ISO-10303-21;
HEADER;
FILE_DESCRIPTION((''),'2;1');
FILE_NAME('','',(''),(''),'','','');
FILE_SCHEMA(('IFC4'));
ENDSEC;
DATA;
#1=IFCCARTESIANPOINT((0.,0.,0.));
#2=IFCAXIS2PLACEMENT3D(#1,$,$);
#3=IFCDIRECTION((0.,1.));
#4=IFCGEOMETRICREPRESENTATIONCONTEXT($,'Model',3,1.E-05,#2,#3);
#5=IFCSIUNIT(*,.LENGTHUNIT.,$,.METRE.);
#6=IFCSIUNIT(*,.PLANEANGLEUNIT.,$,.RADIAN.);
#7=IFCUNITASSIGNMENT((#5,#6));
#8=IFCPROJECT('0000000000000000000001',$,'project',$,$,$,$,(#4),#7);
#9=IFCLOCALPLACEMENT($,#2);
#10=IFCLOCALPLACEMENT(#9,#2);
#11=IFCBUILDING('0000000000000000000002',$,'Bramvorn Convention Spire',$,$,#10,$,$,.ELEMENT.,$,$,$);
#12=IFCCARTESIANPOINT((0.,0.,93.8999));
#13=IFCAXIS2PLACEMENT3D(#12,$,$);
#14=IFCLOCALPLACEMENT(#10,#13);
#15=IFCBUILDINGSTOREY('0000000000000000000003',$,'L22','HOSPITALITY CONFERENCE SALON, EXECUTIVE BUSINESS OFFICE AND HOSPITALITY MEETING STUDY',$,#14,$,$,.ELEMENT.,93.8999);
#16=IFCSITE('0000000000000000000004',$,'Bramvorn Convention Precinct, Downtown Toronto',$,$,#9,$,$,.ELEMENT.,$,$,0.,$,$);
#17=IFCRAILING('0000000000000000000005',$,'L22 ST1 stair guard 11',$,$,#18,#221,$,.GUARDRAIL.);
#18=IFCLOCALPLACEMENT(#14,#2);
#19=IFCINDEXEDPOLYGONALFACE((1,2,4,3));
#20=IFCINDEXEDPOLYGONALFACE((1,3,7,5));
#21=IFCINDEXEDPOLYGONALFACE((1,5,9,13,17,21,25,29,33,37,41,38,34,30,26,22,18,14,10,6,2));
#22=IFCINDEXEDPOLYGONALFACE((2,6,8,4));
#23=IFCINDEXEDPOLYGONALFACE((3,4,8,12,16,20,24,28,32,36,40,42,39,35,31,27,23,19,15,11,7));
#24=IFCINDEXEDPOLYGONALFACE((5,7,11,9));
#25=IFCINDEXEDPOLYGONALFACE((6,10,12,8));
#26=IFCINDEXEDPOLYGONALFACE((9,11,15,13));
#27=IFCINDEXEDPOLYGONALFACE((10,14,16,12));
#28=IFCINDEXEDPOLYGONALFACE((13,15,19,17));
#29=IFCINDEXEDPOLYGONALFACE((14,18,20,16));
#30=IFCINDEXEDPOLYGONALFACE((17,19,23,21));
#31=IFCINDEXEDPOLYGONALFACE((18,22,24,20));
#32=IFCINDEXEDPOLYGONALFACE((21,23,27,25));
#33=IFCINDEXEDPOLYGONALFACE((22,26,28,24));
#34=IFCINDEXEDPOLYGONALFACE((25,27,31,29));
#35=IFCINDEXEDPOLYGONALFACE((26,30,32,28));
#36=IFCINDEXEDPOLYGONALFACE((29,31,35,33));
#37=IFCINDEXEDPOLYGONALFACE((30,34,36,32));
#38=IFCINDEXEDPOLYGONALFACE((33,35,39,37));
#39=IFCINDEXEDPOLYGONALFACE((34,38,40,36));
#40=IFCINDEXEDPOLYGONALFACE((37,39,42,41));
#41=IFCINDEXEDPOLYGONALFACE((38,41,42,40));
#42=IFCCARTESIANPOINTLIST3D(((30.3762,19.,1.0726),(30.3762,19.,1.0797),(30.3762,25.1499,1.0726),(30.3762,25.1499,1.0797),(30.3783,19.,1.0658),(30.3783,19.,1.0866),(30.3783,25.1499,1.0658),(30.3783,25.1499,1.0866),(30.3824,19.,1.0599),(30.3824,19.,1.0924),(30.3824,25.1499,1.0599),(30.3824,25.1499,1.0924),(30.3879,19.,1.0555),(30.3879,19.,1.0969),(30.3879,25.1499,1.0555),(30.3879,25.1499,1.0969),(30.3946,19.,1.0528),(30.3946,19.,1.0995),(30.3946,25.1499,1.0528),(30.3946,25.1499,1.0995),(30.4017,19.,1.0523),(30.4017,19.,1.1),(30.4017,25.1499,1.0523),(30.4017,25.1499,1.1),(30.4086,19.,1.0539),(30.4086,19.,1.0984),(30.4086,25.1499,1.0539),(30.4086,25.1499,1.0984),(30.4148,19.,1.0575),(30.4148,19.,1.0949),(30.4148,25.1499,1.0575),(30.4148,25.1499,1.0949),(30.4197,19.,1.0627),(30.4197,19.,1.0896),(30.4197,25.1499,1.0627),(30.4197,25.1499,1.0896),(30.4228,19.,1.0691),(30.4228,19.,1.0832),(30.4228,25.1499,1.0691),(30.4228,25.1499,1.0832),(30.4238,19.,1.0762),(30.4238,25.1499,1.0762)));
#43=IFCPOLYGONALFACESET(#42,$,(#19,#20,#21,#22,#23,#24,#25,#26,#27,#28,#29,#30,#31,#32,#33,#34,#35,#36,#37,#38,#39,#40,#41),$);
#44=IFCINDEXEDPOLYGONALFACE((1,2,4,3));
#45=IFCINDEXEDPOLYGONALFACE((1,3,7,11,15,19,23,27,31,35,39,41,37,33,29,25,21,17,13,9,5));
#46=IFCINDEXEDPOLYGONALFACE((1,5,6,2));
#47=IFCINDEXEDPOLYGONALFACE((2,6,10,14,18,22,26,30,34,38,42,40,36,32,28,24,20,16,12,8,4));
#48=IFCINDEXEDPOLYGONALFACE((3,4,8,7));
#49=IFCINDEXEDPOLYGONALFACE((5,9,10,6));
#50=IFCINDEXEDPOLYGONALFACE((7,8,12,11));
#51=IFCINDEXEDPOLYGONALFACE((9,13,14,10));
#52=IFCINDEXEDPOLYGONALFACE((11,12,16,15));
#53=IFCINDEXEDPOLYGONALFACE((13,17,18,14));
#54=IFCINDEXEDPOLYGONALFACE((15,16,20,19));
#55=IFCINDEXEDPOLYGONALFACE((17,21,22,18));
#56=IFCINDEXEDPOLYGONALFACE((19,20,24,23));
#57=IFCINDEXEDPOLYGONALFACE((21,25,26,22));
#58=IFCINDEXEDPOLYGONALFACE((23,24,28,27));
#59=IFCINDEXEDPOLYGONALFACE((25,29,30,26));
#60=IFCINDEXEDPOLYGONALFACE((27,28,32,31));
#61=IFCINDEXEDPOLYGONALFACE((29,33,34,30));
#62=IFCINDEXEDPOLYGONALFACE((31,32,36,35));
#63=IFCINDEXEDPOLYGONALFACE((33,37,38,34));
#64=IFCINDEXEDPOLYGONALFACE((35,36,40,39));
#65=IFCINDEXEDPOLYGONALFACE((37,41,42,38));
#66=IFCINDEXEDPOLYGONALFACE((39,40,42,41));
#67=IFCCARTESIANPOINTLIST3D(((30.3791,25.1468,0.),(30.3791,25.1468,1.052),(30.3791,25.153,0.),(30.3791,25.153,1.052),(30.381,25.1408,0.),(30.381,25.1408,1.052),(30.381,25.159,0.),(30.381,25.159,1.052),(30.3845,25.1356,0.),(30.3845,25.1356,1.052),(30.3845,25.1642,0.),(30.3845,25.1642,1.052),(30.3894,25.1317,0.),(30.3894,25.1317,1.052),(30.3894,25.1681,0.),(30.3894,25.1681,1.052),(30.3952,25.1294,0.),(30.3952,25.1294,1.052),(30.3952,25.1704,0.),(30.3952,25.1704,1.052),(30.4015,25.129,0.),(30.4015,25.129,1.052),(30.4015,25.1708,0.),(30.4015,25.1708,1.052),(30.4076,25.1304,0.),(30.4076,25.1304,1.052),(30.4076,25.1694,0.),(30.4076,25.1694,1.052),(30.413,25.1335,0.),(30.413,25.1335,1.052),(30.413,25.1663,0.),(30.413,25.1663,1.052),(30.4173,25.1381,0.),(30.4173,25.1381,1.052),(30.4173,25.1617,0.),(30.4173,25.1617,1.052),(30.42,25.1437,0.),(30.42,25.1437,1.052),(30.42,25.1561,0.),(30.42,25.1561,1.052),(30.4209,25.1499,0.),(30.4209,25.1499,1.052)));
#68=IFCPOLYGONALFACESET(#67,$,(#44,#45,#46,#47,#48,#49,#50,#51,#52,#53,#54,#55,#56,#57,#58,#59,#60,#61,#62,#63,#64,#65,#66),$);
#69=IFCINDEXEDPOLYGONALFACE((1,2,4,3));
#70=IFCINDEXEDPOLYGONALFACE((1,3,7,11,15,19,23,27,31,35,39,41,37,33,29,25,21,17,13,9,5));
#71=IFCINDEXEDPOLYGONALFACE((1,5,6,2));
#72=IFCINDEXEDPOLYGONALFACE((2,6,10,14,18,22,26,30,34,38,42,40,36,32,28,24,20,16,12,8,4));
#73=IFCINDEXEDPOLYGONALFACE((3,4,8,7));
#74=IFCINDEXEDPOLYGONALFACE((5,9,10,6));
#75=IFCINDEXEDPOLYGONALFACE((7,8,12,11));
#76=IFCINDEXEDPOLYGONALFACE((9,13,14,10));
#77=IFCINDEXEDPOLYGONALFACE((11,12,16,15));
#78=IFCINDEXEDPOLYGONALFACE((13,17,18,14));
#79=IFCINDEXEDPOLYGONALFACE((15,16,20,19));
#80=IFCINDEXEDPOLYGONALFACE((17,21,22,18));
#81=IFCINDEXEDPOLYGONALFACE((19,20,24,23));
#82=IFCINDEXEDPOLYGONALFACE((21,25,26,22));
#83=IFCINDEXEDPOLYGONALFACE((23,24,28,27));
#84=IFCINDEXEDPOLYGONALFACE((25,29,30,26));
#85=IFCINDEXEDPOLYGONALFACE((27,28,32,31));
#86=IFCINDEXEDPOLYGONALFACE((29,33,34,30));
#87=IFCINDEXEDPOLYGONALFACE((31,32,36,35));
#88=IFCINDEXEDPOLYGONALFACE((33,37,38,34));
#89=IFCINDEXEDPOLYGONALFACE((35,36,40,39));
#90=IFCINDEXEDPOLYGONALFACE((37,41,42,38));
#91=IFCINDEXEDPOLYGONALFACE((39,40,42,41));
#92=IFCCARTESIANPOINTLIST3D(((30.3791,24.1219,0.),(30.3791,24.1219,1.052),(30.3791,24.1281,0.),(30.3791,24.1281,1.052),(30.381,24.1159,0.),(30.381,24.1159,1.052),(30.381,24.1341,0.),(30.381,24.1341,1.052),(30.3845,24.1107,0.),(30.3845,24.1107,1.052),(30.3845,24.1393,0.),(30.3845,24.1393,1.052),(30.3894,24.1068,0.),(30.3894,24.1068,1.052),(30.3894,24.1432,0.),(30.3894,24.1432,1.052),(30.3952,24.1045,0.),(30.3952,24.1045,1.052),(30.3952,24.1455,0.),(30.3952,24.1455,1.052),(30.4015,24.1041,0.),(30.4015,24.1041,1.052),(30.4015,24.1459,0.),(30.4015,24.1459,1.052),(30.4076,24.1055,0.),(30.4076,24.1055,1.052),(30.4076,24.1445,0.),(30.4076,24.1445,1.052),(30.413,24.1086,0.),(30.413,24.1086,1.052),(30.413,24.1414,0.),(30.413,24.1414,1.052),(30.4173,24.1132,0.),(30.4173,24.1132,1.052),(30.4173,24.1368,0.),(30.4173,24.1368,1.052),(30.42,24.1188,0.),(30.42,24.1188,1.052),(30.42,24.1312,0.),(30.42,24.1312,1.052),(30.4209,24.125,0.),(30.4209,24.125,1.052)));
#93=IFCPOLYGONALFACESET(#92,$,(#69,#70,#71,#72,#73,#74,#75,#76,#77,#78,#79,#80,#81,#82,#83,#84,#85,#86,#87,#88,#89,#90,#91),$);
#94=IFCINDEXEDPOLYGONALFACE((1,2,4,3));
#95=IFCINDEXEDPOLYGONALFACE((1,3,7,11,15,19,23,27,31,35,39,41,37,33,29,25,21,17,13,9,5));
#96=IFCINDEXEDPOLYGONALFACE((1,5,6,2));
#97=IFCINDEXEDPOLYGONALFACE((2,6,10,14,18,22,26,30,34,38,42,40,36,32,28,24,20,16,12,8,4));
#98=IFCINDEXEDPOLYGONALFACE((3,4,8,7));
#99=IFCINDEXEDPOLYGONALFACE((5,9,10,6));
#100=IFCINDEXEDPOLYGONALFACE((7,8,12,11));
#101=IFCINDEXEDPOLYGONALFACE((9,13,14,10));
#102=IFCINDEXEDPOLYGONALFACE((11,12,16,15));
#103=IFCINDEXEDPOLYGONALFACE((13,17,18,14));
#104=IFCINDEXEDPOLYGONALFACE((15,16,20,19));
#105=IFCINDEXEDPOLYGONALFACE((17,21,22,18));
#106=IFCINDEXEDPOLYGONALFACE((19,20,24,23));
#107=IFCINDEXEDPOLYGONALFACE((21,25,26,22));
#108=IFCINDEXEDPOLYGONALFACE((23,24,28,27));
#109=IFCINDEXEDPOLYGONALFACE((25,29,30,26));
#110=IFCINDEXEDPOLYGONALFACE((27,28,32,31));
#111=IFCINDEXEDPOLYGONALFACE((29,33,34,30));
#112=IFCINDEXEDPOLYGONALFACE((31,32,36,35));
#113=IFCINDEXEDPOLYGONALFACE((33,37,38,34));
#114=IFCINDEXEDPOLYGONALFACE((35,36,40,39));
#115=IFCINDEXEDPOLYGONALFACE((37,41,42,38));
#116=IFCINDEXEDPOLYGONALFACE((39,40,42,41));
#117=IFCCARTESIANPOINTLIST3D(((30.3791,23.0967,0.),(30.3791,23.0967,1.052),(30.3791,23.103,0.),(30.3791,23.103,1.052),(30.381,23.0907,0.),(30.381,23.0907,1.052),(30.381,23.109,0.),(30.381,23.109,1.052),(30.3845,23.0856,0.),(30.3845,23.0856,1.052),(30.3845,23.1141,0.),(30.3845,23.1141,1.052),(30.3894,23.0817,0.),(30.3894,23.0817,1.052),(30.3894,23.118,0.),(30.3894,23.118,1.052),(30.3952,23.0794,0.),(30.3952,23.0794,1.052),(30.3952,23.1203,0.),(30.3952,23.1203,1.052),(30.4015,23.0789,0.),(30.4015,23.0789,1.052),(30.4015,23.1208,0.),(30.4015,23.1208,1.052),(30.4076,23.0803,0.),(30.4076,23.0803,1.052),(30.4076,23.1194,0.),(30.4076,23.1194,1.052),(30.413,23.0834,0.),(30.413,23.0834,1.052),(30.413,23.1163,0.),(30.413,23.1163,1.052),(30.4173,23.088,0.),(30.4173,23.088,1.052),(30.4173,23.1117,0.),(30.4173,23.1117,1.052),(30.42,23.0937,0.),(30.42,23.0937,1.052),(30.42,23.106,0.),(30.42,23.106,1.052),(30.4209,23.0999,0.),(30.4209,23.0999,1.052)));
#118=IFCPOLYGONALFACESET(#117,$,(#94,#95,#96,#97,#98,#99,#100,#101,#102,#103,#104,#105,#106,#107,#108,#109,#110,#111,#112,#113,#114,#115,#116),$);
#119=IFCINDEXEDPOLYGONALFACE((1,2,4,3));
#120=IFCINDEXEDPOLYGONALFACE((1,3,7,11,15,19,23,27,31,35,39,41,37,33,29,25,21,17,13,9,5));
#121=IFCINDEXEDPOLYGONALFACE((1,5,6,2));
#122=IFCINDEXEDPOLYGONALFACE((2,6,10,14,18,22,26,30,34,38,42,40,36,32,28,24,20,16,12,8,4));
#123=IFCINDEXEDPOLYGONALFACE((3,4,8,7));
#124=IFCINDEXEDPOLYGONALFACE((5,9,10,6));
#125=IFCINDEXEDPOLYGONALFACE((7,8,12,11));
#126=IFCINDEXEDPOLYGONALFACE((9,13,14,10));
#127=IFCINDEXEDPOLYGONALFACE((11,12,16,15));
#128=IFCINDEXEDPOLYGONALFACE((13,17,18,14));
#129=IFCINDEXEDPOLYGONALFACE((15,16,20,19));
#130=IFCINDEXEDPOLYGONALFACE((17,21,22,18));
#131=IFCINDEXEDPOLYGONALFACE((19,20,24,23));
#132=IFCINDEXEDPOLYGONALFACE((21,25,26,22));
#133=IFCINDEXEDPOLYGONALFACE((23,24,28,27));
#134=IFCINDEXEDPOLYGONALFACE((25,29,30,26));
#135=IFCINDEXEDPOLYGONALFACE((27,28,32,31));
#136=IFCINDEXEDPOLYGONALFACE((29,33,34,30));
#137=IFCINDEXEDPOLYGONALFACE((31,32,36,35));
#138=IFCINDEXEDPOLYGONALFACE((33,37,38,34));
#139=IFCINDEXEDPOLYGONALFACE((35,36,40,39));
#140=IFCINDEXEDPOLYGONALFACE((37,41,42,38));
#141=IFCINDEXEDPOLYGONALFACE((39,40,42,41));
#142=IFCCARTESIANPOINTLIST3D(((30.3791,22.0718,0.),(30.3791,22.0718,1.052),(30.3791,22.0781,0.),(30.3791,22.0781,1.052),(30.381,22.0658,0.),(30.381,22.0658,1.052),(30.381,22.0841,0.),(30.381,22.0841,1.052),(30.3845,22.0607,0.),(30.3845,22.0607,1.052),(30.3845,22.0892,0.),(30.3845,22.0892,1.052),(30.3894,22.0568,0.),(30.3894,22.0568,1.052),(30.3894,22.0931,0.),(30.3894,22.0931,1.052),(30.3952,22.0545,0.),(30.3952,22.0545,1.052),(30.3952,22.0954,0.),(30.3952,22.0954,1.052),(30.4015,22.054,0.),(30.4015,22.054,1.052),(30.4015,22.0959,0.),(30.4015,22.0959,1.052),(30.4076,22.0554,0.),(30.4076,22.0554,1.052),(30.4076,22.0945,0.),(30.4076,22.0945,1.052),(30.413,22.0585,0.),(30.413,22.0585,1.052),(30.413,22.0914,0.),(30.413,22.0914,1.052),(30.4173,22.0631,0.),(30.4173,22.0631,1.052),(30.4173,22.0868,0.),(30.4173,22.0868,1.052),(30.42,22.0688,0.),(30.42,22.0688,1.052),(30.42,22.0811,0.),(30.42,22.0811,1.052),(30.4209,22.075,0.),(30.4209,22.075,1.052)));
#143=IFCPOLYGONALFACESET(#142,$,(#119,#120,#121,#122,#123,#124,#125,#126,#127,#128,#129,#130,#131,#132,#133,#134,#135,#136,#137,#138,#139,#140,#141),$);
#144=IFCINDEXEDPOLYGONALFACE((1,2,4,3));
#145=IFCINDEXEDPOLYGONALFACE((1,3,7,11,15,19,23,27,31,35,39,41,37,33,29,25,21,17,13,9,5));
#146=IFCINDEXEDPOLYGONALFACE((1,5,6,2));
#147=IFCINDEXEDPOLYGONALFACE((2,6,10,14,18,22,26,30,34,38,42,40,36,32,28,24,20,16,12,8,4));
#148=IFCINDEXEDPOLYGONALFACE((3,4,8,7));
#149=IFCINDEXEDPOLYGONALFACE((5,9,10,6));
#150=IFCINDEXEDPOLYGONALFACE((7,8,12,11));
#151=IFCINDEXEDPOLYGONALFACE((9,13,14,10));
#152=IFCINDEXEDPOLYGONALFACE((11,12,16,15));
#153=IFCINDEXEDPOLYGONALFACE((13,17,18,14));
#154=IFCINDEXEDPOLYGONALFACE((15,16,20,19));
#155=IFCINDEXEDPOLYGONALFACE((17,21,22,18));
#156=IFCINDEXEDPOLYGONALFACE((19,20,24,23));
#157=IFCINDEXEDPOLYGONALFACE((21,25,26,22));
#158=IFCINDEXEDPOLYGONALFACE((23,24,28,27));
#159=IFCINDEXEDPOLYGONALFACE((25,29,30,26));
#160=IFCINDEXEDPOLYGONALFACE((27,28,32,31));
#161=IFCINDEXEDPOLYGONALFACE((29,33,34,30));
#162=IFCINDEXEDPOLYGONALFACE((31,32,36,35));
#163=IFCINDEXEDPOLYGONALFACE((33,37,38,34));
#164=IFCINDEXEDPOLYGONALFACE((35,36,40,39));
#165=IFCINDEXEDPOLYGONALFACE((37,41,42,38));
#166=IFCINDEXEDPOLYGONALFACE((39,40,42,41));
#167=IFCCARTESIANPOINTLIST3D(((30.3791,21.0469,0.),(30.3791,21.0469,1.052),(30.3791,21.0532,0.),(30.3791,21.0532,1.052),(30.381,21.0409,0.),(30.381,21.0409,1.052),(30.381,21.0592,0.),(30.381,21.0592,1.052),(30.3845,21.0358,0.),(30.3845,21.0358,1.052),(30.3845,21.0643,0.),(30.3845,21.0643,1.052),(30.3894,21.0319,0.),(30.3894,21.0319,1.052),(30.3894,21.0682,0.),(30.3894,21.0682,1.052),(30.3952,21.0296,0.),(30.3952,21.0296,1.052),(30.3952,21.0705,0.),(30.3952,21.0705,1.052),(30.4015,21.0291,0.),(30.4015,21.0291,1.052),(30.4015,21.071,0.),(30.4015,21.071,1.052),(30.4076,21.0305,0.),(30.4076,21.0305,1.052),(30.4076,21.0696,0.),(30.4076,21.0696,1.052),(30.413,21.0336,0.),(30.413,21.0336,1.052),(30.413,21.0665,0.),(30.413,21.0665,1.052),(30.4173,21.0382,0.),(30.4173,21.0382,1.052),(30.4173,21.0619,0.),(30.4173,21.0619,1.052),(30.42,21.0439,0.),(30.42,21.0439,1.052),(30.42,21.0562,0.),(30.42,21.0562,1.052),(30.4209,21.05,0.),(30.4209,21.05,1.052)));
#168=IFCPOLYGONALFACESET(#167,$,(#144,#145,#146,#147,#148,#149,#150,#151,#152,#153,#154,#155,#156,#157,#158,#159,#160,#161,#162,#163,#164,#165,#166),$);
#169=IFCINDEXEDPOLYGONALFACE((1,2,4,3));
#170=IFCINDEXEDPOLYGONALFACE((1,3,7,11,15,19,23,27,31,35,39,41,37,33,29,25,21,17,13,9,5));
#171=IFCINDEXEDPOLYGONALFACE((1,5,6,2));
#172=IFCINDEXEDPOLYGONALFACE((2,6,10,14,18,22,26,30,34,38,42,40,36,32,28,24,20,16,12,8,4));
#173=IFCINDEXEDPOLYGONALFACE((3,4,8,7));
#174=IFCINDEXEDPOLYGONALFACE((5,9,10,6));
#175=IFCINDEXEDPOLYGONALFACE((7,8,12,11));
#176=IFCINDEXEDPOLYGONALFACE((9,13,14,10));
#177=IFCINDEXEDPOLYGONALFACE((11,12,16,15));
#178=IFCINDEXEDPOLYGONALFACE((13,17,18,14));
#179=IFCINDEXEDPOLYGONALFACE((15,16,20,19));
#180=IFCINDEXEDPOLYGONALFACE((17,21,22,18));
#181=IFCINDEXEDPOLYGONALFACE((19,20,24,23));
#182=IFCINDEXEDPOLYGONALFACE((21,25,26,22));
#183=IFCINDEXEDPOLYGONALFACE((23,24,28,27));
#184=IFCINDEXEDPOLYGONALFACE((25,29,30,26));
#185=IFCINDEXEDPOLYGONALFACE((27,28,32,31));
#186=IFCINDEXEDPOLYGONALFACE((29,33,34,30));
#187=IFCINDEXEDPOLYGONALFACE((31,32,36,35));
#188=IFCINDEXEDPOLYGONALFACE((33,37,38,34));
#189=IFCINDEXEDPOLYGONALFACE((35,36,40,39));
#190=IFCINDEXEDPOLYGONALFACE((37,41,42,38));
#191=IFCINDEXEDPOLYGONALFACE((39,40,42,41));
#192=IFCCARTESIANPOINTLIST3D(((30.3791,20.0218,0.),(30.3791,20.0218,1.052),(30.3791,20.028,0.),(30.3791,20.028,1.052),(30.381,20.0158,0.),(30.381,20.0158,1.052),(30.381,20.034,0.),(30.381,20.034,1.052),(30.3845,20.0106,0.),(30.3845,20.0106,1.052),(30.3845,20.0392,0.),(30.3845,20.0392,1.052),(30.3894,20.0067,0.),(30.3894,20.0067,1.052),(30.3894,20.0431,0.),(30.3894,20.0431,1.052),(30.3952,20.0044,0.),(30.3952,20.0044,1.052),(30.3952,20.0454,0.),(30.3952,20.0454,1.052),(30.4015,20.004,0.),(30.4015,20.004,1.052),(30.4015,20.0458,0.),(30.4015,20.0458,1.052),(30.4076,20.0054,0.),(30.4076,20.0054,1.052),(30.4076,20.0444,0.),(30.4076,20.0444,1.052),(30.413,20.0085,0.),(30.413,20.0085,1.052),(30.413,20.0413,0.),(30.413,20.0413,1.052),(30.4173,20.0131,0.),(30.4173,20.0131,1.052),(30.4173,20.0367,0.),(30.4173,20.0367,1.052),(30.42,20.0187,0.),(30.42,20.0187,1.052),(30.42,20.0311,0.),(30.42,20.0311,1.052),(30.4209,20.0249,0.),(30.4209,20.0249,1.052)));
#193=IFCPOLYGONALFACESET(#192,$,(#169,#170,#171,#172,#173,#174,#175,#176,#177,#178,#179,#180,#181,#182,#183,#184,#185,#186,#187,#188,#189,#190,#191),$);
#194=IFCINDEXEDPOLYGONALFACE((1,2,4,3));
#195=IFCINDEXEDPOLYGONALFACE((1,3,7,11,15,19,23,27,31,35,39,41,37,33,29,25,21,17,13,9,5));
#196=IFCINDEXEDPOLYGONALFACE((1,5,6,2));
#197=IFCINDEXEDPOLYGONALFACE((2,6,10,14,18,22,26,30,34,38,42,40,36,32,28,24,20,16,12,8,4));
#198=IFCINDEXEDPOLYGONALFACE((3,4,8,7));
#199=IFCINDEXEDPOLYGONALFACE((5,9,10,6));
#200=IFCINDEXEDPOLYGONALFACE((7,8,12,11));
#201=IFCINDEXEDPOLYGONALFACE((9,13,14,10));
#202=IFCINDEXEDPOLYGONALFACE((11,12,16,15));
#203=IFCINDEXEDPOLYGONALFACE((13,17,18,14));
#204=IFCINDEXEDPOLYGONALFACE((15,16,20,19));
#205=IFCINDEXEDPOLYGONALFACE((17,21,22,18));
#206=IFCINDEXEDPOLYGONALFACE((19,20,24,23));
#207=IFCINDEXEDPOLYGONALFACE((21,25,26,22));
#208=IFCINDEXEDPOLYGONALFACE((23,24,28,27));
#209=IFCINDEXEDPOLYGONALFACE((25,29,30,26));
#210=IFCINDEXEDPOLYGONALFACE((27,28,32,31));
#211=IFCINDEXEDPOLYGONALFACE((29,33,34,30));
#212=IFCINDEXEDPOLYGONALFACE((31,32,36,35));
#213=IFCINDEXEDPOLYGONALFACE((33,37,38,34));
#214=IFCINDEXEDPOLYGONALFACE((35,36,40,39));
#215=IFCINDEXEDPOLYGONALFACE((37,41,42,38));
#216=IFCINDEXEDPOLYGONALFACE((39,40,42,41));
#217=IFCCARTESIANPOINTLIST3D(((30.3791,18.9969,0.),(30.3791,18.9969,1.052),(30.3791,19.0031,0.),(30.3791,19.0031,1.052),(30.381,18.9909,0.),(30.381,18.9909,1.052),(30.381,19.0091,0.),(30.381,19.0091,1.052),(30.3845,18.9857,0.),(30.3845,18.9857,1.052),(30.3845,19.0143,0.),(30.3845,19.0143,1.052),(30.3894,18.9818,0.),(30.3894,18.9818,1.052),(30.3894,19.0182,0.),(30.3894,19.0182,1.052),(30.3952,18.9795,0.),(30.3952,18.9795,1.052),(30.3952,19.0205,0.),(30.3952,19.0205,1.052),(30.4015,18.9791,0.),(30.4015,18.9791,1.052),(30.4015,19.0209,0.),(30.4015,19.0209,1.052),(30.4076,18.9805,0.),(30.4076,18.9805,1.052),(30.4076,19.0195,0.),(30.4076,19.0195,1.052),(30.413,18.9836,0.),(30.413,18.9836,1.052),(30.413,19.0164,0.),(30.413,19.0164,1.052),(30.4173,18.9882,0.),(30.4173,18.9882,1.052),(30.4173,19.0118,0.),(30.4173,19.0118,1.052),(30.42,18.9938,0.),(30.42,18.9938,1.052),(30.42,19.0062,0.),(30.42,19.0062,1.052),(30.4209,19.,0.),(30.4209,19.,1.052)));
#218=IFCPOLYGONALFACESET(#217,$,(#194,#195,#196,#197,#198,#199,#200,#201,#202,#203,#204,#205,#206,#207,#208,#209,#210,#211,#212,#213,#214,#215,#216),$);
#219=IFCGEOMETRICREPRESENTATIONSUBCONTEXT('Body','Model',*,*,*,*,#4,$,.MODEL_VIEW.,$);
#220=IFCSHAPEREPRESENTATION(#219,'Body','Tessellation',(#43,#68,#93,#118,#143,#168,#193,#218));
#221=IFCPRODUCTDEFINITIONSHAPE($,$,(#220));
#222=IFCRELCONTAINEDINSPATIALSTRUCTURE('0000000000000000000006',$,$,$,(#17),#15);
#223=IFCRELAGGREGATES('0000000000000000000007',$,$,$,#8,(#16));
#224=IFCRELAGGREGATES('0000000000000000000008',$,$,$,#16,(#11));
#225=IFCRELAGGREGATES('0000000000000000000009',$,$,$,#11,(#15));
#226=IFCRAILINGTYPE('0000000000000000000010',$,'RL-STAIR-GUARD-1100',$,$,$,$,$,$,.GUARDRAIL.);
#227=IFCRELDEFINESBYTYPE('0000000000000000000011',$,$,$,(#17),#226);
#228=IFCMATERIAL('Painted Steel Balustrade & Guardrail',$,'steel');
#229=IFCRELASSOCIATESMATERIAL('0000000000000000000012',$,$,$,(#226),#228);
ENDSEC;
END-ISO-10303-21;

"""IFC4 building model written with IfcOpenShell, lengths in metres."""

from ifc_helpers import new_model, si_unit, direction, frame, origin, origin_2d, place, context, subcontext, project, spatial, circle, extrude, material, type_object, element, save


model = new_model("IFC4")

# Units and contexts
model_context = context("Model", 3, precision=1e-05, world=origin(), true_north=direction((0.0, 1.0)))
body_context = subcontext(model_context, "Body", "Model", "MODEL_VIEW")
ifc_project = project(units=[si_unit("LENGTHUNIT", "METRE"), si_unit("PLANEANGLEUNIT", "RADIAN")], contexts=[model_context])

# Site, building, storey
site_placement = place(None, origin())
site = spatial("IfcSite", under=ifc_project, at=site_placement, Name="Bramvorn Convention Precinct, Downtown Toronto", CompositionType="ELEMENT", RefElevation=0.0)
building_placement = place(site_placement, origin())
building = spatial("IfcBuilding", under=site, at=building_placement, Name="Bramvorn Convention Spire", CompositionType="ELEMENT")
storey_placement = place(building_placement, frame((0.0, 0.0, 93.8999)))
storey = spatial("IfcBuildingStorey", under=building, at=storey_placement, Name="L22", Description="HOSPITALITY CONFERENCE SALON, EXECUTIVE BUSINESS OFFICE AND HOSPITALITY MEETING STUDY", CompositionType="ELEMENT", Elevation=93.8999)

# Railing
ifc_material_1 = material(Name="Painted Steel Balustrade & Guardrail", Category="steel")
railing_type_1 = type_object("IfcRailingType", Name="RL-STAIR-GUARD-1100", PredefinedType="GUARDRAIL", material=ifc_material_1)
railing_1_placement = place(storey_placement, frame((30.3999, 25.1499, 0.0)))
element("IfcRailing", 1, at=railing_1_placement, inside=storey, type_object=railing_type_1, Name="L22 ST1 stair guard 11", PredefinedType="GUARDRAIL", context=body_context, shape_type="SweptSolid", body=[
    extrude(circle(Radius=0.0239, at=origin_2d()), frame((0.0, 0.0, 1.0762), z_axis=(0.0, -1.0, 0.0), x_axis=(1.0, 0.0, 0.0)), (0.0, 0.0, 1.0), 6.1499),
    extrude(circle(Radius=0.021, at=origin_2d()), origin(), (0.0, 0.0, 1.0), 1.052),
    extrude(circle(Radius=0.021, at=origin_2d()), frame((0.0, -1.0249, 0.0)), (0.0, 0.0, 1.0), 1.052),
    extrude(circle(Radius=0.021, at=origin_2d()), frame((0.0, -2.05, 0.0)), (0.0, 0.0, 1.0), 1.052),
    extrude(circle(Radius=0.021, at=origin_2d()), frame((0.0, -3.075, 0.0)), (0.0, 0.0, 1.0), 1.052),
    extrude(circle(Radius=0.021, at=origin_2d()), frame((0.0, -4.0999, 0.0)), (0.0, 0.0, 1.0), 1.052),
    extrude(circle(Radius=0.021, at=origin_2d()), frame((0.0, -5.125, 0.0)), (0.0, 0.0, 1.0), 1.052),
    extrude(circle(Radius=0.021, at=origin_2d()), frame((0.0, -6.1499, 0.0)), (0.0, 0.0, 1.0), 1.052),
])

save(model, "model.ifc")
